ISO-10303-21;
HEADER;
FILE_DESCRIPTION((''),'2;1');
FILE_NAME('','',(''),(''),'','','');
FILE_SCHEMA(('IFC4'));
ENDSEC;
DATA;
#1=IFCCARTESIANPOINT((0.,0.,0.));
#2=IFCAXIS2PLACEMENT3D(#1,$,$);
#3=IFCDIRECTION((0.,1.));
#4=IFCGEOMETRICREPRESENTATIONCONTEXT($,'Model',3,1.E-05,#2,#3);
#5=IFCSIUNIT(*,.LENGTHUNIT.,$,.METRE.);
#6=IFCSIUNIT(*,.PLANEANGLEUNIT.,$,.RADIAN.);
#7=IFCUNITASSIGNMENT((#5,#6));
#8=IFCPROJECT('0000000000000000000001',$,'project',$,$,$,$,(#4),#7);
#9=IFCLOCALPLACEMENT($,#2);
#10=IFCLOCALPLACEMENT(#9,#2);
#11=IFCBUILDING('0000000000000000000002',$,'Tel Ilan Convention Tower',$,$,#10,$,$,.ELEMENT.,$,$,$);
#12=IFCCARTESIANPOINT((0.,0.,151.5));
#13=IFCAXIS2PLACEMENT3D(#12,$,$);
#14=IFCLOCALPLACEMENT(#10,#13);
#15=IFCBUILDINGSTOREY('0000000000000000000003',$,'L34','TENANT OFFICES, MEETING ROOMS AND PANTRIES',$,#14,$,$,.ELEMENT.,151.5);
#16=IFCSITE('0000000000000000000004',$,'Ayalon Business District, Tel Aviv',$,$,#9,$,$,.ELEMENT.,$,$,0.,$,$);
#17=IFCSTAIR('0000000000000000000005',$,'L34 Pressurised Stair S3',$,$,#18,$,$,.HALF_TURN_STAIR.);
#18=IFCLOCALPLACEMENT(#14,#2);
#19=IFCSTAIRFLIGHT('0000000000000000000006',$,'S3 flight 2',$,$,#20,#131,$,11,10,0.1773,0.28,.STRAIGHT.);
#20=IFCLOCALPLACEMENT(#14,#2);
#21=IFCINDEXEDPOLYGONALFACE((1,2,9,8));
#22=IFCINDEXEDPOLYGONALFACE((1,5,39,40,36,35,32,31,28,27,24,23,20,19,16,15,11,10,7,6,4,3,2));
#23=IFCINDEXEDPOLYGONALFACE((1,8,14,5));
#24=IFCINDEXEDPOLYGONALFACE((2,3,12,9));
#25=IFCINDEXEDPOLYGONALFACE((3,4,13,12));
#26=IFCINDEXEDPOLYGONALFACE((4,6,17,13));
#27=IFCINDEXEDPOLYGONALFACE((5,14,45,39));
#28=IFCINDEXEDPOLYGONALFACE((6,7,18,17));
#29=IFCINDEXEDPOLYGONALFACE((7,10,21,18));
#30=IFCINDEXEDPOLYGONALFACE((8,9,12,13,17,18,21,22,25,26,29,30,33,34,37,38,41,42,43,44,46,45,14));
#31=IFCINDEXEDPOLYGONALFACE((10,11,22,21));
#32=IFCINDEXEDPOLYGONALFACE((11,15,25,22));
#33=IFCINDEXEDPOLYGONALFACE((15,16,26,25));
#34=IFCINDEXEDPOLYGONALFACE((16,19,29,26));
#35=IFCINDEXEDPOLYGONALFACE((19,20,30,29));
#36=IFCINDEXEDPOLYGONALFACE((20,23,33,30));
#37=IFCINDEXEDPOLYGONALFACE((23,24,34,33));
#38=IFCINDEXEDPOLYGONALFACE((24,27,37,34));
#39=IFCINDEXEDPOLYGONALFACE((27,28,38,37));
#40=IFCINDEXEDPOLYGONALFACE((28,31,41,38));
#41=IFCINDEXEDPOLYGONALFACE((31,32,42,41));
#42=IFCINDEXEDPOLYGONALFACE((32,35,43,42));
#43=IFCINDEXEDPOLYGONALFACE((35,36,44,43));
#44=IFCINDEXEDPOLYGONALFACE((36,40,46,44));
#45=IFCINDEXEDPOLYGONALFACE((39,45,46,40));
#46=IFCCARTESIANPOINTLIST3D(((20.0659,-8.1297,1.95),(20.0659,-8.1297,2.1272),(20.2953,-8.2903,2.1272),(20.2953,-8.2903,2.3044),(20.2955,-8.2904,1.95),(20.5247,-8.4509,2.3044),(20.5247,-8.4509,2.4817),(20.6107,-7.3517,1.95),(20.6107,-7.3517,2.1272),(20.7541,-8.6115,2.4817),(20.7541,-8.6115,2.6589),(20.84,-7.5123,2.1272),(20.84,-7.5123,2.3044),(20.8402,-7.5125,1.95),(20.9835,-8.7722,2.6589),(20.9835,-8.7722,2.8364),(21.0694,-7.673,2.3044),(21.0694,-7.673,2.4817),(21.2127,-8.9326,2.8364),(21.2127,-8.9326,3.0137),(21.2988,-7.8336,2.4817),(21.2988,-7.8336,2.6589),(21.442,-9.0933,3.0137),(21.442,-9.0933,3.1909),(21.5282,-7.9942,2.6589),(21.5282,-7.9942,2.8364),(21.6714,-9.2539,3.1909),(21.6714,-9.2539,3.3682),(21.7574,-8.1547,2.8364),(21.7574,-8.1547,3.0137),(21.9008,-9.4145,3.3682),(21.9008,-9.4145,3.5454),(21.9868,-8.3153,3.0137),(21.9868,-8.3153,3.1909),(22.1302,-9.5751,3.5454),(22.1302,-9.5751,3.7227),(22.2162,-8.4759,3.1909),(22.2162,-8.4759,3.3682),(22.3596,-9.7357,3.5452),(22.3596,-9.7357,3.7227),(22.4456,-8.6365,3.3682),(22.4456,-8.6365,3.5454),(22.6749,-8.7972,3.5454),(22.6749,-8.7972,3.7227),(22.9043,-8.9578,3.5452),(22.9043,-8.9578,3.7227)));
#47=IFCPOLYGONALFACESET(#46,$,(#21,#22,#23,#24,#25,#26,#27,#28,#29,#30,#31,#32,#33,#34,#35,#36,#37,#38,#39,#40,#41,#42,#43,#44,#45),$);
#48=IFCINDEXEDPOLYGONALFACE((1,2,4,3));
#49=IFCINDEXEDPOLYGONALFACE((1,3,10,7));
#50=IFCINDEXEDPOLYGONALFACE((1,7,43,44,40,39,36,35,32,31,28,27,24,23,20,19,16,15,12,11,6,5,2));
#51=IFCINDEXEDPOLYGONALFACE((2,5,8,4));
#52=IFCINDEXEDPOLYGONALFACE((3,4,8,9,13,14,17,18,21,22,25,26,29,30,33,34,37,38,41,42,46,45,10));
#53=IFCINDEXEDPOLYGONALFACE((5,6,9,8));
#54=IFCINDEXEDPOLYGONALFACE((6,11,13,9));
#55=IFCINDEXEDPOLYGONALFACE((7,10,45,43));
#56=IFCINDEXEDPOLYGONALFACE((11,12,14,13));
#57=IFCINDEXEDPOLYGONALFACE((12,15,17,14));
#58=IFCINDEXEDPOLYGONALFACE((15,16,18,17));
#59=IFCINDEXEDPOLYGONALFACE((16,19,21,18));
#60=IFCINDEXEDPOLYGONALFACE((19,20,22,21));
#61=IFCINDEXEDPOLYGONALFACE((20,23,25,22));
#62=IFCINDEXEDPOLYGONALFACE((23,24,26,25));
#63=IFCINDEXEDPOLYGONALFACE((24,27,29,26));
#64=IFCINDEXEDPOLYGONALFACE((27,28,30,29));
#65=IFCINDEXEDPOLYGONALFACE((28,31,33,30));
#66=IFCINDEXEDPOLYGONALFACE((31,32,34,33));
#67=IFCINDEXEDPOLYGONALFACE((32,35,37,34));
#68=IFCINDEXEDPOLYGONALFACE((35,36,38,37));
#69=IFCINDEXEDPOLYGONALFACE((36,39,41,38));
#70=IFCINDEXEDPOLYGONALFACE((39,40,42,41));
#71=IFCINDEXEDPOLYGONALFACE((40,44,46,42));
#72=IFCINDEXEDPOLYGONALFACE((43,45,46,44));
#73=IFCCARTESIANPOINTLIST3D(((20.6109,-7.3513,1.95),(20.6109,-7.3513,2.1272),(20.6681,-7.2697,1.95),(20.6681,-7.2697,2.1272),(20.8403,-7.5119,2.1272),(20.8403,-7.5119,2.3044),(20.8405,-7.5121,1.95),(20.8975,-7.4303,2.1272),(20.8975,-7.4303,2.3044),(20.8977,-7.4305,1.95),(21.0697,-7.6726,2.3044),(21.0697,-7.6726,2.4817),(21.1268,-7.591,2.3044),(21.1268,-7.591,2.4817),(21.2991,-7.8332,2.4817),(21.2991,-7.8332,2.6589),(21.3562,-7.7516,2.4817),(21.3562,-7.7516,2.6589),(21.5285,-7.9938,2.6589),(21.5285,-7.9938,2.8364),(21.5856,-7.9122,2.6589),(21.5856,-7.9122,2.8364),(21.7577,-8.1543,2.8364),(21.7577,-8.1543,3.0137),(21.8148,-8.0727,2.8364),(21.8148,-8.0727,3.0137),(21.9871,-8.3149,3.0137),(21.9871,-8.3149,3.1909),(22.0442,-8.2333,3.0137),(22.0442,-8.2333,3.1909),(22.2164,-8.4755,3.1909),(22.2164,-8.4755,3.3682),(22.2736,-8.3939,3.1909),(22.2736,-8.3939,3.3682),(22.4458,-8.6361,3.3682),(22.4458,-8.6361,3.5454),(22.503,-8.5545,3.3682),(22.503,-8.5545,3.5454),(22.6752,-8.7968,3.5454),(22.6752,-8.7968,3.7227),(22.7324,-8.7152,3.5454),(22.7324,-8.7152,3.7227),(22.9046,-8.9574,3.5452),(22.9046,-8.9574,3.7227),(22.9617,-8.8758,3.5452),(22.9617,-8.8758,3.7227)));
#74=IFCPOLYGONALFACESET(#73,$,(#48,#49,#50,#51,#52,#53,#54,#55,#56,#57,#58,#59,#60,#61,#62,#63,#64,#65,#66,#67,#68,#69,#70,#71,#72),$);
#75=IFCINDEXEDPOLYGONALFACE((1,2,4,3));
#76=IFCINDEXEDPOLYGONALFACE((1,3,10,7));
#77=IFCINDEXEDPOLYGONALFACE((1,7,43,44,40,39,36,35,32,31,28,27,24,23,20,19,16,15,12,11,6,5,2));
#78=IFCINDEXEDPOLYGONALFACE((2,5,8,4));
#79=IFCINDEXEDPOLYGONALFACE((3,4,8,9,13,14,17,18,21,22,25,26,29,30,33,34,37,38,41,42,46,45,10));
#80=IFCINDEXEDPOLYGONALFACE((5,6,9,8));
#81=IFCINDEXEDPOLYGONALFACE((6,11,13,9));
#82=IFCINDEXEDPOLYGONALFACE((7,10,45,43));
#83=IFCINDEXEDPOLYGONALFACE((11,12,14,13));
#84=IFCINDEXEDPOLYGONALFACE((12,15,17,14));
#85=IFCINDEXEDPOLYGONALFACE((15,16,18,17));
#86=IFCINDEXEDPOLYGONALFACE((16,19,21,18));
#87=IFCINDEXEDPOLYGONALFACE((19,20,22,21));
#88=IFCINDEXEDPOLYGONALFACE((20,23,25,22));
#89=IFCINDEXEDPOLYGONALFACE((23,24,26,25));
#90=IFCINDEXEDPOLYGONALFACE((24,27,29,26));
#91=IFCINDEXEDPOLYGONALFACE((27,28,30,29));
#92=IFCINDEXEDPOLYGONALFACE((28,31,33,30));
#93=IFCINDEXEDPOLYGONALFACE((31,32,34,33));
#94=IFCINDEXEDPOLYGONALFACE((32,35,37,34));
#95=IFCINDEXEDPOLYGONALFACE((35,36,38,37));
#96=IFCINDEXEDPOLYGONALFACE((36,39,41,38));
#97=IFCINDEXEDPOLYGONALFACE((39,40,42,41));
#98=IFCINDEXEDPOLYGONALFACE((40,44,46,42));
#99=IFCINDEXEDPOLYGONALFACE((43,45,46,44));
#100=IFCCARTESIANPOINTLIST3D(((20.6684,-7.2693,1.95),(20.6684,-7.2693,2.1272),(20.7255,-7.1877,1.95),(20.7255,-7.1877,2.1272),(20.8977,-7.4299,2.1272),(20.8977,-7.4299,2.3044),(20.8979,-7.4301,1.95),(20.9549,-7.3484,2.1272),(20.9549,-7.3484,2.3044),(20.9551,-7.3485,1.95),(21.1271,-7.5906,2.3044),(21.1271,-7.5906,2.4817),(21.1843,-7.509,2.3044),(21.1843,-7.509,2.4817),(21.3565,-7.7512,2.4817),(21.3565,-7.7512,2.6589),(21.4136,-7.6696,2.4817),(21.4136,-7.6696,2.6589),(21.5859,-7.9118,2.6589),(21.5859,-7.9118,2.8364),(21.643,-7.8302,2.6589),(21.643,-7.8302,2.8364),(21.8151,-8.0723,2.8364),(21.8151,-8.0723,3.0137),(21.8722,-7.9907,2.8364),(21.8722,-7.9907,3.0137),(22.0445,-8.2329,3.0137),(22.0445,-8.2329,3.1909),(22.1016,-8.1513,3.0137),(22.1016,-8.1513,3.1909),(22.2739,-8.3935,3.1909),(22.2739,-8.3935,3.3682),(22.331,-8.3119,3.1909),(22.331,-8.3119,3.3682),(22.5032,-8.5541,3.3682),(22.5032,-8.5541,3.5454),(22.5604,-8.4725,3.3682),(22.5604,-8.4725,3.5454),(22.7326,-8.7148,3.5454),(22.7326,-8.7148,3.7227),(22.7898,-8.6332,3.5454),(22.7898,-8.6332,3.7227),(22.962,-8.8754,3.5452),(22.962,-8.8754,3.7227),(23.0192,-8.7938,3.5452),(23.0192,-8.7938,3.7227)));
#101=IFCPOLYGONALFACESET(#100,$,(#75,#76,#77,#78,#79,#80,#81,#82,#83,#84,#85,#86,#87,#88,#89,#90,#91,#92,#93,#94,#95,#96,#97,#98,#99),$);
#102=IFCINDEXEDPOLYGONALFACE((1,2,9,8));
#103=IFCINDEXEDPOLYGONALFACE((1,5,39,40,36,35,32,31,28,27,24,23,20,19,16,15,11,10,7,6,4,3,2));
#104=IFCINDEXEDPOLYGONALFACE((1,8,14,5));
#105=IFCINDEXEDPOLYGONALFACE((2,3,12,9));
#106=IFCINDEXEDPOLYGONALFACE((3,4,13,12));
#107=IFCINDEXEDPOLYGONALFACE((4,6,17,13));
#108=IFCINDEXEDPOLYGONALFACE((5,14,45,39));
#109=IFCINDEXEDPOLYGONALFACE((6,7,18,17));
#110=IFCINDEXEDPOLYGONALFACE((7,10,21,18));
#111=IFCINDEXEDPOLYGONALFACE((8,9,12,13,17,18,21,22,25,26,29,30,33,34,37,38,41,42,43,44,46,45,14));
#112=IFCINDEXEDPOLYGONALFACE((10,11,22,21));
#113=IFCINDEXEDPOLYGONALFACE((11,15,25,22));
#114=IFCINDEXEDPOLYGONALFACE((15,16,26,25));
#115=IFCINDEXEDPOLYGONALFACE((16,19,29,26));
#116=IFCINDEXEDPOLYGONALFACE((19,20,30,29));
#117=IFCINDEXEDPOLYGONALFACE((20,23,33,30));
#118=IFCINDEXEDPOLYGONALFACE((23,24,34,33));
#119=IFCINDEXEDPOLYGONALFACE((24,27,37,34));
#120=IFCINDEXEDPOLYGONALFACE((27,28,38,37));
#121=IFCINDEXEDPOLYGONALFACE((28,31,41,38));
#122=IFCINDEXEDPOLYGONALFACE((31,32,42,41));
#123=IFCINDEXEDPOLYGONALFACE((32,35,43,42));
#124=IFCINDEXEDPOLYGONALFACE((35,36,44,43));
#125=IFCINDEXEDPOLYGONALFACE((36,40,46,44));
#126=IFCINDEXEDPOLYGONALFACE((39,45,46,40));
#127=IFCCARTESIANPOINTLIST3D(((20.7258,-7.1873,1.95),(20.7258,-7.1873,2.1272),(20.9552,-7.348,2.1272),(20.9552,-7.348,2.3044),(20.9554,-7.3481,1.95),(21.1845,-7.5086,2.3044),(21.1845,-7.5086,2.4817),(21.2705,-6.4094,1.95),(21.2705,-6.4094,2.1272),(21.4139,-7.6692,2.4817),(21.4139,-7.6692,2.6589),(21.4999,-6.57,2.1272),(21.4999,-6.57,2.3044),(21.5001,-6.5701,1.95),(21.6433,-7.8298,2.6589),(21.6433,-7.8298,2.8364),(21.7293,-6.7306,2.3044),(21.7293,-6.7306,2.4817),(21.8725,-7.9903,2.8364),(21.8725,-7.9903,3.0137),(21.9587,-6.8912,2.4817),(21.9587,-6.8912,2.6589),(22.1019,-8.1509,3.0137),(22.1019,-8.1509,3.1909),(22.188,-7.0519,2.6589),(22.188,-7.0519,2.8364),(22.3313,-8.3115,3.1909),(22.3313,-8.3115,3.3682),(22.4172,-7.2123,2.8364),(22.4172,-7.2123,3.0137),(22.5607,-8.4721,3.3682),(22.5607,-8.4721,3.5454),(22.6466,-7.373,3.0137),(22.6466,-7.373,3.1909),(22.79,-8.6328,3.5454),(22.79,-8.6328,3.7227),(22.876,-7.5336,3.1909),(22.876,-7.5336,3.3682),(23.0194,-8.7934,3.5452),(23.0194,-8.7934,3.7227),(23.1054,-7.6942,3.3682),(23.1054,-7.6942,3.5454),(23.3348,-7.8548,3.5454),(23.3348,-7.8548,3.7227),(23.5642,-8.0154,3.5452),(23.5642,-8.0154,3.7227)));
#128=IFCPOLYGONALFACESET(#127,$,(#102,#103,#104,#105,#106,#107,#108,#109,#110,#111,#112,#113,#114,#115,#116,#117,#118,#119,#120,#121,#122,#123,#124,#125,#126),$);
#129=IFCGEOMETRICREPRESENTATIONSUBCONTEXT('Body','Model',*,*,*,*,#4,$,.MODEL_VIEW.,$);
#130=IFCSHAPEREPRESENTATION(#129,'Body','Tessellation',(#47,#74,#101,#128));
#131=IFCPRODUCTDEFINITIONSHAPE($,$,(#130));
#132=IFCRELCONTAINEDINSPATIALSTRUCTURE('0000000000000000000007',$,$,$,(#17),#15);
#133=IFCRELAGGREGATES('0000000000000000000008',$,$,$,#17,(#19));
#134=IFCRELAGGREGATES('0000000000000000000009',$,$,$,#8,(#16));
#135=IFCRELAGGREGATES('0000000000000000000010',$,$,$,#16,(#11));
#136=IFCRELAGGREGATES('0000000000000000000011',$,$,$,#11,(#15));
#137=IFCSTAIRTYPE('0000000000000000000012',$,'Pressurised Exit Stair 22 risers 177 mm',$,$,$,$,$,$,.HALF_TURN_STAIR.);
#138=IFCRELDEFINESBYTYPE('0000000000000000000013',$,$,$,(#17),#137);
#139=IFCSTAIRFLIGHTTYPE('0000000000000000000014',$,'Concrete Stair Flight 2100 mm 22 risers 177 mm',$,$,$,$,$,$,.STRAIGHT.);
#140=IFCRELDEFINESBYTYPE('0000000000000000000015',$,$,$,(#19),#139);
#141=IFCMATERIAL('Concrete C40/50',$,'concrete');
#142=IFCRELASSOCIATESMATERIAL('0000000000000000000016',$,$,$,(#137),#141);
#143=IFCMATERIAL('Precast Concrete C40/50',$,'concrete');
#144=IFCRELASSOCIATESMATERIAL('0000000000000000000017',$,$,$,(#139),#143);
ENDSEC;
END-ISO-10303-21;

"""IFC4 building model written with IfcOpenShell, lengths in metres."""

from ifc_helpers import new_model, si_unit, direction, frame, origin, place, context, subcontext, project, spatial, polyline, outline, extrude, material, type_object, element, aggregate, save


model = new_model("IFC4")

# Units and contexts
model_context = context("Model", 3, precision=1e-05, world=origin(), true_north=direction((0.0, 1.0)))
body_context = subcontext(model_context, "Body", "Model", "MODEL_VIEW")
ifc_project = project(units=[si_unit("LENGTHUNIT", "METRE"), si_unit("PLANEANGLEUNIT", "RADIAN")], contexts=[model_context])

# Site, building, storey
site_placement = place(None, origin())
site = spatial("IfcSite", under=ifc_project, at=site_placement, Name="Ayalon Business District, Tel Aviv", CompositionType="ELEMENT", RefElevation=0.0)
building_placement = place(site_placement, origin())
building = spatial("IfcBuilding", under=site, at=building_placement, Name="Tel Ilan Convention Tower", CompositionType="ELEMENT")
storey_placement = place(building_placement, frame((0.0, 0.0, 151.5)))
storey = spatial("IfcBuildingStorey", under=building, at=storey_placement, Name="L34", Description="TENANT OFFICES, MEETING ROOMS AND PANTRIES", CompositionType="ELEMENT", Elevation=151.5)

# Stair, stair flight
ifc_material_1 = material(Name="Concrete C40/50", Category="concrete")
stair_type = type_object("IfcStairType", Name="Pressurised Exit Stair 22 risers 177 mm", PredefinedType="HALF_TURN_STAIR", material=ifc_material_1)
stair_1_placement = place(storey_placement, origin())
stair_1 = element("IfcStair", 1, at=stair_1_placement, inside=storey, type_object=stair_type, Name="L34 Pressurised Stair S3", PredefinedType="HALF_TURN_STAIR")
ifc_material_2 = material(Name="Precast Concrete C40/50", Category="concrete")
stair_flight_type = type_object("IfcStairFlightType", Name="Concrete Stair Flight 2100 mm 22 risers 177 mm", PredefinedType="STRAIGHT", material=ifc_material_2)
stair_flight_1_placement = place(storey_placement, frame((20.6682, -7.2695, 1.95), z_axis=(0.0, 0.0, 1.0), x_axis=(0.819152, -0.573576, 0.0)))
stair_flight_1 = element("IfcStairFlight", 2, at=stair_flight_1_placement, type_object=stair_flight_type, Name="S3 flight 2", NumberOfRisers=11, NumberOfTreads=10, PredefinedType="STRAIGHT", RiserHeight=0.1773, TreadLength=0.28, context=body_context, shape_type="SweptSolid", body=[
    extrude(outline(polyline([(0.0, 0.0), (0.0, 0.1772), (0.28, 0.1772), (0.28, 0.3545), (0.5601, 0.3545), (0.5601, 0.5317), (0.8401, 0.5317), (0.8401, 0.709), (1.1201, 0.709), (1.1201, 0.8865), (1.3999, 0.8865), (1.3999, 1.0637), (1.6799, 1.0637), (1.6799, 1.241), (1.96, 1.241), (1.96, 1.4182), (2.24, 1.4182), (2.24, 1.5955), (2.52, 1.5955), (2.52, 1.7727), (2.8, 1.7727), (2.8, 1.95), (2.8, 1.5952), (0.2803, 0.0), (0.0, 0.0)])), frame((0.0, -0.1003, 0.0), z_axis=(0.0, -1.0, 0.0), x_axis=(1.0, 0.0, 0.0)), (0.0, 0.0, 1.0), 0.9497),
    extrude(outline(polyline([(0.0, 0.0), (0.0, 0.1772), (0.28, 0.1772), (0.28, 0.3545), (0.5601, 0.3545), (0.5601, 0.5317), (0.8401, 0.5317), (0.8401, 0.709), (1.1201, 0.709), (1.1201, 0.8865), (1.3999, 0.8865), (1.3999, 1.0637), (1.6799, 1.0637), (1.6799, 1.241), (1.96, 1.241), (1.96, 1.4182), (2.24, 1.4182), (2.24, 1.5955), (2.52, 1.5955), (2.52, 1.7727), (2.8, 1.7727), (2.8, 1.95), (2.8, 1.5952), (0.2803, 0.0), (0.0, 0.0)])), frame((0.0, -0.0002, 0.0), z_axis=(0.0, -1.0, 0.0), x_axis=(1.0, 0.0, 0.0)), (0.0, 0.0, 1.0), 0.0996),
    extrude(outline(polyline([(0.0, 0.0), (0.0, 0.1772), (0.28, 0.1772), (0.28, 0.3545), (0.5601, 0.3545), (0.5601, 0.5317), (0.8401, 0.5317), (0.8401, 0.709), (1.1201, 0.709), (1.1201, 0.8865), (1.3999, 0.8865), (1.3999, 1.0637), (1.6799, 1.0637), (1.6799, 1.241), (1.96, 1.241), (1.96, 1.4182), (2.24, 1.4182), (2.24, 1.5955), (2.52, 1.5955), (2.52, 1.7727), (2.8, 1.7727), (2.8, 1.95), (2.8, 1.5952), (0.2803, 0.0), (0.0, 0.0)])), frame((0.0, 0.0999, 0.0), z_axis=(0.0, -1.0, 0.0), x_axis=(1.0, 0.0, 0.0)), (0.0, 0.0, 1.0), 0.0996),
    extrude(outline(polyline([(0.0, 0.0), (0.0, 0.1772), (0.28, 0.1772), (0.28, 0.3545), (0.5601, 0.3545), (0.5601, 0.5317), (0.8401, 0.5317), (0.8401, 0.709), (1.1201, 0.709), (1.1201, 0.8865), (1.3999, 0.8865), (1.3999, 1.0637), (1.6799, 1.0637), (1.6799, 1.241), (1.96, 1.241), (1.96, 1.4182), (2.24, 1.4182), (2.24, 1.5955), (2.52, 1.5955), (2.52, 1.7727), (2.8, 1.7727), (2.8, 1.95), (2.8, 1.5952), (0.2803, 0.0), (0.0, 0.0)])), frame((0.0, 1.05, 0.0), z_axis=(0.0, -1.0, 0.0), x_axis=(1.0, 0.0, 0.0)), (0.0, 0.0, 1.0), 0.9497),
])
aggregate(stair_1, [stair_flight_1])

save(model, "model.ifc")
